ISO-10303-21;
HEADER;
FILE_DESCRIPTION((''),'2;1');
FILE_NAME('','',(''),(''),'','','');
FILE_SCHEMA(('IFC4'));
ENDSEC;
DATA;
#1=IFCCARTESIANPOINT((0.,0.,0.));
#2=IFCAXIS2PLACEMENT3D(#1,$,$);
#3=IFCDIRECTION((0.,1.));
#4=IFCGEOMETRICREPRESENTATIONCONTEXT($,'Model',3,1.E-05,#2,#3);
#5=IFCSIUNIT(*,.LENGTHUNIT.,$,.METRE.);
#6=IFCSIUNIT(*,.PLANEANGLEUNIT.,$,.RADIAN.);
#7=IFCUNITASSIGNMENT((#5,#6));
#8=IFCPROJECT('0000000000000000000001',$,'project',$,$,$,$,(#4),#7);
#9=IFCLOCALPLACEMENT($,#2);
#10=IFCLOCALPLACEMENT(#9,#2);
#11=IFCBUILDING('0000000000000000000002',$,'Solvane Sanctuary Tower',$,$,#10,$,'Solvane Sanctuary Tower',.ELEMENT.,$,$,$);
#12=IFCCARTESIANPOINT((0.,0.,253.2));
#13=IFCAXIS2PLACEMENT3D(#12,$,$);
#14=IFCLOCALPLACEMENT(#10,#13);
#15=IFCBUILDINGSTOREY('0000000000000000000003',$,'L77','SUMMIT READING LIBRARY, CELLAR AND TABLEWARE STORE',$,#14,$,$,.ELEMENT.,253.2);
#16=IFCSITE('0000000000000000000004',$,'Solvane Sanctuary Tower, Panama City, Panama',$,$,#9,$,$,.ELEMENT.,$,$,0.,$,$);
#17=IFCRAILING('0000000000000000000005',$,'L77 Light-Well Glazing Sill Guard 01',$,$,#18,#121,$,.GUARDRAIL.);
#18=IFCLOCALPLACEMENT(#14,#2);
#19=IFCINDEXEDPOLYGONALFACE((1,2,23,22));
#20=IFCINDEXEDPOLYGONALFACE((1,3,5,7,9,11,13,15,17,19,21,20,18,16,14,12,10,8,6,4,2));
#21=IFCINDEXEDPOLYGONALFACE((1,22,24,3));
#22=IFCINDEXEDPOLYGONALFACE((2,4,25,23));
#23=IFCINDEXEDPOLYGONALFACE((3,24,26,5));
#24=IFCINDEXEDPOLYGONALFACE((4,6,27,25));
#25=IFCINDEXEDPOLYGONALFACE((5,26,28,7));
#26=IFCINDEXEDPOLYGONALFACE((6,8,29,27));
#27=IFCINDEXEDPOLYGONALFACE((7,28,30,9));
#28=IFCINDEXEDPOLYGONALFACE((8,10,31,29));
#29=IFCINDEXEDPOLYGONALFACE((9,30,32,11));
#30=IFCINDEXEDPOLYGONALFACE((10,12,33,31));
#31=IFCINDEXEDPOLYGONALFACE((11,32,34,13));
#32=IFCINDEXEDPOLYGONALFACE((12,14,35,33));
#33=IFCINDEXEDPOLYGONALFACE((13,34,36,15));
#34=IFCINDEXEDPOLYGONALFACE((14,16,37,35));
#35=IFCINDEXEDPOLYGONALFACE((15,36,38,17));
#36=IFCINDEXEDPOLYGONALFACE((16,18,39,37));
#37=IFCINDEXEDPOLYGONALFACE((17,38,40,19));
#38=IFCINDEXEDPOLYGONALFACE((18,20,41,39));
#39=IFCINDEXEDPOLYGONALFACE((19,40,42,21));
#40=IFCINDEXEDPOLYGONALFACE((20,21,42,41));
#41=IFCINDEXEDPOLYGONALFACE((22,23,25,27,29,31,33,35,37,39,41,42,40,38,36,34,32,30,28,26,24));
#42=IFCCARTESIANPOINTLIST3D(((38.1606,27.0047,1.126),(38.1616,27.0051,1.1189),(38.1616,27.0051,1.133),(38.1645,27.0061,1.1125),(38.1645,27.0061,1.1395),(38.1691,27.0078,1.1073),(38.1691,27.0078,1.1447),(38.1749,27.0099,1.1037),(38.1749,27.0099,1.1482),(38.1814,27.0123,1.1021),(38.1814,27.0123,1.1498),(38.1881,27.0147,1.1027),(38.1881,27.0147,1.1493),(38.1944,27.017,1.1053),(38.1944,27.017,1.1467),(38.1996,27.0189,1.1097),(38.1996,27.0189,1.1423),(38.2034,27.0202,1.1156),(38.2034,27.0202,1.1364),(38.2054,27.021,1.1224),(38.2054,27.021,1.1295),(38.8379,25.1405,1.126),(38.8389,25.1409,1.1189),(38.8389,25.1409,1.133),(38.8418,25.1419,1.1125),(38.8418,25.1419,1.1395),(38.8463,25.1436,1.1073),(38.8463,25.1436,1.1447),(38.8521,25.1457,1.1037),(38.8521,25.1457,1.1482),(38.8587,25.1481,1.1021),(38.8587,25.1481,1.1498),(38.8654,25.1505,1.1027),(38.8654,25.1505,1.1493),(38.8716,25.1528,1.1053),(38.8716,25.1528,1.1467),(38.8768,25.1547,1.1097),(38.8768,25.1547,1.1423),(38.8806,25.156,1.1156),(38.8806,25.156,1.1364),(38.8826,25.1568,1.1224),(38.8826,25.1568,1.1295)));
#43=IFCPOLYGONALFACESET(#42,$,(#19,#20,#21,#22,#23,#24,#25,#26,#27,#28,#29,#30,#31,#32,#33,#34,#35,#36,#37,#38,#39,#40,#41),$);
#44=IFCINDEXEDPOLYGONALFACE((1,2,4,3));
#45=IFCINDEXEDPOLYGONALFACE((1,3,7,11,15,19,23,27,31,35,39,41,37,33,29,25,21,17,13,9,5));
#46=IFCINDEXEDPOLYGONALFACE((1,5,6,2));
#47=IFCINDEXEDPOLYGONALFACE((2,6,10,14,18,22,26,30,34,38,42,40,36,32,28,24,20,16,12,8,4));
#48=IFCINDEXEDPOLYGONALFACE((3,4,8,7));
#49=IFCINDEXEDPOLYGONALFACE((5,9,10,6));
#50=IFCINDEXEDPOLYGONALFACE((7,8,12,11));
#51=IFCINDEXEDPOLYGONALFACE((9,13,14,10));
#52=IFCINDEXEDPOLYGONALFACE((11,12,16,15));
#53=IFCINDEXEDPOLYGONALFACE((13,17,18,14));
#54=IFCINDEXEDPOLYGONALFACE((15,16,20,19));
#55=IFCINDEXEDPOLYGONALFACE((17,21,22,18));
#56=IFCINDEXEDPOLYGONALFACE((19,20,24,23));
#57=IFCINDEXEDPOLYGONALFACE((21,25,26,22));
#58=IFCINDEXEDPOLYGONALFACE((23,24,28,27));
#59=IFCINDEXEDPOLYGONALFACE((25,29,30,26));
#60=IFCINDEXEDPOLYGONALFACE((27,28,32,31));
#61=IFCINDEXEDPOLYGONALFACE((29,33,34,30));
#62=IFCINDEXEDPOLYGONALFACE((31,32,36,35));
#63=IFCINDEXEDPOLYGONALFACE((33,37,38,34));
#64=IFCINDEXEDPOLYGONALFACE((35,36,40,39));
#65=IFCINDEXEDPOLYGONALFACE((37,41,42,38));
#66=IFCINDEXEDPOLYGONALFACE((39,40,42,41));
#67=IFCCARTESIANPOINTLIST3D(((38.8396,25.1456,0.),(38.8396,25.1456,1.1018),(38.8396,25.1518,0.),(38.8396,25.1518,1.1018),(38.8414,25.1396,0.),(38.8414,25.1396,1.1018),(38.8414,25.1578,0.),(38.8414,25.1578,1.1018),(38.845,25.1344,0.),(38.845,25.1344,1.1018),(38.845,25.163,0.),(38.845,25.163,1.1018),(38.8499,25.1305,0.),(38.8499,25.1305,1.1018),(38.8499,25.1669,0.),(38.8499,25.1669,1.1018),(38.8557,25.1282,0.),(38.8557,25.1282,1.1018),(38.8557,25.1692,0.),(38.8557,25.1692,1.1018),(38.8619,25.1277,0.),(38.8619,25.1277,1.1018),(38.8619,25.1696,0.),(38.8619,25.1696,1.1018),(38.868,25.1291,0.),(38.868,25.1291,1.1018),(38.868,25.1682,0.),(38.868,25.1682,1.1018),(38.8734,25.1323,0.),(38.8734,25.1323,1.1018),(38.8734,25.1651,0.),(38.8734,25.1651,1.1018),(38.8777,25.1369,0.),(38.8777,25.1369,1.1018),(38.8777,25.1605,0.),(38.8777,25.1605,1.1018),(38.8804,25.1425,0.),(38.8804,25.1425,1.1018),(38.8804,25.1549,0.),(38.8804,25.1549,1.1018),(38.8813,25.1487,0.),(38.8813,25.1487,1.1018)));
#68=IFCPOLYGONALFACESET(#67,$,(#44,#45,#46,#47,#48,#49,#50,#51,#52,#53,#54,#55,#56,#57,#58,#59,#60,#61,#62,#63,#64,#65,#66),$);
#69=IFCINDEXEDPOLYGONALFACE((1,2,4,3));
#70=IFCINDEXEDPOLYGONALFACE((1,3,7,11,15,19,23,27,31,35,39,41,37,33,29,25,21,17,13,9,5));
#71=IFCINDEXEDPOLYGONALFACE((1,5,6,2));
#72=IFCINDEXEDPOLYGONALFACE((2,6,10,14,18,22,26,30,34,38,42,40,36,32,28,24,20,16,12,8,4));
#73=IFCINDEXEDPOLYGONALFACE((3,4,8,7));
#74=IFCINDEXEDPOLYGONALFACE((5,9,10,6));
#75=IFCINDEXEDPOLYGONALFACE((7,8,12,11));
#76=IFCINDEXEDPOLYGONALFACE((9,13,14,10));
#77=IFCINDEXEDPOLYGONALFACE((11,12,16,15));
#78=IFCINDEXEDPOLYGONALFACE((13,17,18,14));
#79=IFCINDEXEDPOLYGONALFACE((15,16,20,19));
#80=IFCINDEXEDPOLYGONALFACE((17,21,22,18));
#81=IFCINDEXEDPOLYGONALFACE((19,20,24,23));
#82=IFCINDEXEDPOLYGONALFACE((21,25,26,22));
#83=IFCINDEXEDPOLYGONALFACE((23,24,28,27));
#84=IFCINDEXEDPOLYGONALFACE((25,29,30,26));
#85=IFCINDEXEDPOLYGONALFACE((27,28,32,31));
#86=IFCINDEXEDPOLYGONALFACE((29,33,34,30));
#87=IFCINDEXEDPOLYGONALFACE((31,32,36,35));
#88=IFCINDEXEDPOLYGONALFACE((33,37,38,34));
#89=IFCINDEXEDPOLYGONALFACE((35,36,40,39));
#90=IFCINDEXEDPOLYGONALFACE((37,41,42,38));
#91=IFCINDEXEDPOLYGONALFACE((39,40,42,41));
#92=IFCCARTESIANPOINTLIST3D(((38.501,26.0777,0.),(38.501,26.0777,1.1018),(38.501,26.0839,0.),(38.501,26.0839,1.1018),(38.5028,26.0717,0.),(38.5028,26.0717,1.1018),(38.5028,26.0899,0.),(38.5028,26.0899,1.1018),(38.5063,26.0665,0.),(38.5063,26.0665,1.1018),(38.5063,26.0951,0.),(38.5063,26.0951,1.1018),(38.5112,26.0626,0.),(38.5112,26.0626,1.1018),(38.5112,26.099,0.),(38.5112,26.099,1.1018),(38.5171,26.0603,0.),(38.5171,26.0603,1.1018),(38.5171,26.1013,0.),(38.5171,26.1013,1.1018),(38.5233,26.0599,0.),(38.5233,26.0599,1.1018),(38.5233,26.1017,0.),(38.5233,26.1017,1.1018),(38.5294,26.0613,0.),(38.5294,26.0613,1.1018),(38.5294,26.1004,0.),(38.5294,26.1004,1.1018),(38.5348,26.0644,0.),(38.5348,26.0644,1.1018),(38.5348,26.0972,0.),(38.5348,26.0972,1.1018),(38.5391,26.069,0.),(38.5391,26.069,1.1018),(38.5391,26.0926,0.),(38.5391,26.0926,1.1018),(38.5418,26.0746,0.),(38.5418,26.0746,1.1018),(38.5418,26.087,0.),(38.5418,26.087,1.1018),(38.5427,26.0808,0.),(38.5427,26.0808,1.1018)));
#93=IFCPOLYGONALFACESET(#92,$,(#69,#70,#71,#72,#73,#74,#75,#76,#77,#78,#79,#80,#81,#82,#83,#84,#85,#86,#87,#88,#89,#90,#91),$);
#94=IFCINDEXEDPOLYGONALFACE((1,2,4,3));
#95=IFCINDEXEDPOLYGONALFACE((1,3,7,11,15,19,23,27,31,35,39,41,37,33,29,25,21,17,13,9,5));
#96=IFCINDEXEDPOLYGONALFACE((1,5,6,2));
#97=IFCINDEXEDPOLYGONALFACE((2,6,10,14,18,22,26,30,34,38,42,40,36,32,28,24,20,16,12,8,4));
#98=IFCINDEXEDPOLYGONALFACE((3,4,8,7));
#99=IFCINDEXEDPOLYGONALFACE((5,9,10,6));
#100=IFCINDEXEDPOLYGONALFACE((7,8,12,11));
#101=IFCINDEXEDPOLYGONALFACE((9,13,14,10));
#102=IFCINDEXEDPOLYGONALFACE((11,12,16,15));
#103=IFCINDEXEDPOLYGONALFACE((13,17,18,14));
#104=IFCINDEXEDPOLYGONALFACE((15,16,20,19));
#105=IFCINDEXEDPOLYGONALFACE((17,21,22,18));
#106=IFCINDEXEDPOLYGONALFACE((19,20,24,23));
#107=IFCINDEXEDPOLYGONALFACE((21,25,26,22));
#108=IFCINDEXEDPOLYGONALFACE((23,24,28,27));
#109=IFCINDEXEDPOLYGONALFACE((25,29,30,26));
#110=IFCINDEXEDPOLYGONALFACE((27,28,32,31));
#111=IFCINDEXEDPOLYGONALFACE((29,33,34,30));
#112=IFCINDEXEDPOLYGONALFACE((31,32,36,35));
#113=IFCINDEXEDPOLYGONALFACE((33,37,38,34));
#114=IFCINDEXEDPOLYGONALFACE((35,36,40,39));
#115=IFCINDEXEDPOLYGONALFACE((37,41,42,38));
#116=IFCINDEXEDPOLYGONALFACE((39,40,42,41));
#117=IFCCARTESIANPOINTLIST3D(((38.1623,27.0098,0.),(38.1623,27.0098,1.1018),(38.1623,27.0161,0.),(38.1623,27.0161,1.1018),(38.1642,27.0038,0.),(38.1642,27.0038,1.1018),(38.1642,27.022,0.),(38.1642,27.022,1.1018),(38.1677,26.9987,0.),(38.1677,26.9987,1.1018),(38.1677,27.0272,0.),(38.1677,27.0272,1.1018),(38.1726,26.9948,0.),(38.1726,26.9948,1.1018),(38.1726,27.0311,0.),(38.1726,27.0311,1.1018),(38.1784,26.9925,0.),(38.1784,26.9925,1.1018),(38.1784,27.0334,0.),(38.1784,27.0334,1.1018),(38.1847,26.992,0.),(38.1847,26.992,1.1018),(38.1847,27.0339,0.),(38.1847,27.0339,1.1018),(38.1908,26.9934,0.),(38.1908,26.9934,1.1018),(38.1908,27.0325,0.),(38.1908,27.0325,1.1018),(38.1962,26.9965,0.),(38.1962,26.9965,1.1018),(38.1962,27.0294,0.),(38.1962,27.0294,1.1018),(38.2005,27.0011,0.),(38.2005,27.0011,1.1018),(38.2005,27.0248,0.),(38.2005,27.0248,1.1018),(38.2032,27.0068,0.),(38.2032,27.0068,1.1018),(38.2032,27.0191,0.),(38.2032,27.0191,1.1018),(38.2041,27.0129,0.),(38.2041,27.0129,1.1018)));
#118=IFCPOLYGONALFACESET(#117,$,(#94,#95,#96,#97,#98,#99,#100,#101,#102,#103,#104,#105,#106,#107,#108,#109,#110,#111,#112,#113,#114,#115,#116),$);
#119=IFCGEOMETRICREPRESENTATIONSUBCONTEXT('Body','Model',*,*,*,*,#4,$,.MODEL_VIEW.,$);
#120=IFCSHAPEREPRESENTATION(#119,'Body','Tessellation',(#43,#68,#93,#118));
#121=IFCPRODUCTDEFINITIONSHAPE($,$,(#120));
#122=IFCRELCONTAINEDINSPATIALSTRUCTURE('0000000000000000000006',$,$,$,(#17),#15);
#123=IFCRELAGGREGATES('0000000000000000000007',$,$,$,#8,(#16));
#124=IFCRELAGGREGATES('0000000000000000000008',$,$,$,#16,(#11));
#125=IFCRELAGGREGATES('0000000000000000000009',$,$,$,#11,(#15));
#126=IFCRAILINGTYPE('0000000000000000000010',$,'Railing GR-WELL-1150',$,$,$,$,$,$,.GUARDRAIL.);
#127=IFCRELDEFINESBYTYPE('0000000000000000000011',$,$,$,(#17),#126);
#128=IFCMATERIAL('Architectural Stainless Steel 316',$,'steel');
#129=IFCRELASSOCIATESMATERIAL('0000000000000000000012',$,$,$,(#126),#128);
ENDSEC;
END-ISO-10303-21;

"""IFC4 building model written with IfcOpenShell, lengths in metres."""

from ifc_helpers import new_model, si_unit, direction, frame, origin, origin_2d, place, context, subcontext, project, spatial, circle, extrude, material, type_object, element, save


model = new_model("IFC4")

# Units and contexts
model_context = context("Model", 3, precision=1e-05, world=origin(), true_north=direction((0.0, 1.0)))
body_context = subcontext(model_context, "Body", "Model", "MODEL_VIEW")
ifc_project = project(units=[si_unit("LENGTHUNIT", "METRE"), si_unit("PLANEANGLEUNIT", "RADIAN")], contexts=[model_context])

# Site, building, storey
site_placement = place(None, origin())
site = spatial("IfcSite", under=ifc_project, at=site_placement, Name="Solvane Sanctuary Tower, Panama City, Panama", CompositionType="ELEMENT", RefElevation=0.0)
building_placement = place(site_placement, origin())
building = spatial("IfcBuilding", under=site, at=building_placement, Name="Solvane Sanctuary Tower", LongName="Solvane Sanctuary Tower", CompositionType="ELEMENT")
storey_placement = place(building_placement, frame((0.0, 0.0, 253.2)))
storey = spatial("IfcBuildingStorey", under=building, at=storey_placement, Name="L77", Description="SUMMIT READING LIBRARY, CELLAR AND TABLEWARE STORE", CompositionType="ELEMENT", Elevation=253.2)

# Railing
ifc_material_1 = material(Name="Architectural Stainless Steel 316", Category="steel")
railing_type = type_object("IfcRailingType", Name="Railing GR-WELL-1150", PredefinedType="GUARDRAIL", material=ifc_material_1)
railing_1_placement = place(storey_placement, frame((38.8604, 25.1487, 0.0)))
element("IfcRailing", 1, at=railing_1_placement, inside=storey, type_object=railing_type, Name="L77 Light-Well Glazing Sill Guard 01", PredefinedType="GUARDRAIL", context=body_context, shape_type="SweptSolid", body=[
    extrude(circle(Radius=0.0239, at=origin_2d()), frame((0.0, 0.0, 1.126), z_axis=(-0.341447, 0.939901, 0.0), x_axis=(-0.939901, -0.341447, 0.0)), (0.0, 0.0, 1.0), 1.9834),
    extrude(circle(Radius=0.021, at=origin_2d()), origin(), (0.0, 0.0, 1.0), 1.1018),
    extrude(circle(Radius=0.021, at=origin_2d()), frame((-0.3386, 0.9321, 0.0)), (0.0, 0.0, 1.0), 1.1018),
    extrude(circle(Radius=0.021, at=origin_2d()), frame((-0.6772, 1.8643, 0.0)), (0.0, 0.0, 1.0), 1.1018),
])

save(model, "model.ifc")
